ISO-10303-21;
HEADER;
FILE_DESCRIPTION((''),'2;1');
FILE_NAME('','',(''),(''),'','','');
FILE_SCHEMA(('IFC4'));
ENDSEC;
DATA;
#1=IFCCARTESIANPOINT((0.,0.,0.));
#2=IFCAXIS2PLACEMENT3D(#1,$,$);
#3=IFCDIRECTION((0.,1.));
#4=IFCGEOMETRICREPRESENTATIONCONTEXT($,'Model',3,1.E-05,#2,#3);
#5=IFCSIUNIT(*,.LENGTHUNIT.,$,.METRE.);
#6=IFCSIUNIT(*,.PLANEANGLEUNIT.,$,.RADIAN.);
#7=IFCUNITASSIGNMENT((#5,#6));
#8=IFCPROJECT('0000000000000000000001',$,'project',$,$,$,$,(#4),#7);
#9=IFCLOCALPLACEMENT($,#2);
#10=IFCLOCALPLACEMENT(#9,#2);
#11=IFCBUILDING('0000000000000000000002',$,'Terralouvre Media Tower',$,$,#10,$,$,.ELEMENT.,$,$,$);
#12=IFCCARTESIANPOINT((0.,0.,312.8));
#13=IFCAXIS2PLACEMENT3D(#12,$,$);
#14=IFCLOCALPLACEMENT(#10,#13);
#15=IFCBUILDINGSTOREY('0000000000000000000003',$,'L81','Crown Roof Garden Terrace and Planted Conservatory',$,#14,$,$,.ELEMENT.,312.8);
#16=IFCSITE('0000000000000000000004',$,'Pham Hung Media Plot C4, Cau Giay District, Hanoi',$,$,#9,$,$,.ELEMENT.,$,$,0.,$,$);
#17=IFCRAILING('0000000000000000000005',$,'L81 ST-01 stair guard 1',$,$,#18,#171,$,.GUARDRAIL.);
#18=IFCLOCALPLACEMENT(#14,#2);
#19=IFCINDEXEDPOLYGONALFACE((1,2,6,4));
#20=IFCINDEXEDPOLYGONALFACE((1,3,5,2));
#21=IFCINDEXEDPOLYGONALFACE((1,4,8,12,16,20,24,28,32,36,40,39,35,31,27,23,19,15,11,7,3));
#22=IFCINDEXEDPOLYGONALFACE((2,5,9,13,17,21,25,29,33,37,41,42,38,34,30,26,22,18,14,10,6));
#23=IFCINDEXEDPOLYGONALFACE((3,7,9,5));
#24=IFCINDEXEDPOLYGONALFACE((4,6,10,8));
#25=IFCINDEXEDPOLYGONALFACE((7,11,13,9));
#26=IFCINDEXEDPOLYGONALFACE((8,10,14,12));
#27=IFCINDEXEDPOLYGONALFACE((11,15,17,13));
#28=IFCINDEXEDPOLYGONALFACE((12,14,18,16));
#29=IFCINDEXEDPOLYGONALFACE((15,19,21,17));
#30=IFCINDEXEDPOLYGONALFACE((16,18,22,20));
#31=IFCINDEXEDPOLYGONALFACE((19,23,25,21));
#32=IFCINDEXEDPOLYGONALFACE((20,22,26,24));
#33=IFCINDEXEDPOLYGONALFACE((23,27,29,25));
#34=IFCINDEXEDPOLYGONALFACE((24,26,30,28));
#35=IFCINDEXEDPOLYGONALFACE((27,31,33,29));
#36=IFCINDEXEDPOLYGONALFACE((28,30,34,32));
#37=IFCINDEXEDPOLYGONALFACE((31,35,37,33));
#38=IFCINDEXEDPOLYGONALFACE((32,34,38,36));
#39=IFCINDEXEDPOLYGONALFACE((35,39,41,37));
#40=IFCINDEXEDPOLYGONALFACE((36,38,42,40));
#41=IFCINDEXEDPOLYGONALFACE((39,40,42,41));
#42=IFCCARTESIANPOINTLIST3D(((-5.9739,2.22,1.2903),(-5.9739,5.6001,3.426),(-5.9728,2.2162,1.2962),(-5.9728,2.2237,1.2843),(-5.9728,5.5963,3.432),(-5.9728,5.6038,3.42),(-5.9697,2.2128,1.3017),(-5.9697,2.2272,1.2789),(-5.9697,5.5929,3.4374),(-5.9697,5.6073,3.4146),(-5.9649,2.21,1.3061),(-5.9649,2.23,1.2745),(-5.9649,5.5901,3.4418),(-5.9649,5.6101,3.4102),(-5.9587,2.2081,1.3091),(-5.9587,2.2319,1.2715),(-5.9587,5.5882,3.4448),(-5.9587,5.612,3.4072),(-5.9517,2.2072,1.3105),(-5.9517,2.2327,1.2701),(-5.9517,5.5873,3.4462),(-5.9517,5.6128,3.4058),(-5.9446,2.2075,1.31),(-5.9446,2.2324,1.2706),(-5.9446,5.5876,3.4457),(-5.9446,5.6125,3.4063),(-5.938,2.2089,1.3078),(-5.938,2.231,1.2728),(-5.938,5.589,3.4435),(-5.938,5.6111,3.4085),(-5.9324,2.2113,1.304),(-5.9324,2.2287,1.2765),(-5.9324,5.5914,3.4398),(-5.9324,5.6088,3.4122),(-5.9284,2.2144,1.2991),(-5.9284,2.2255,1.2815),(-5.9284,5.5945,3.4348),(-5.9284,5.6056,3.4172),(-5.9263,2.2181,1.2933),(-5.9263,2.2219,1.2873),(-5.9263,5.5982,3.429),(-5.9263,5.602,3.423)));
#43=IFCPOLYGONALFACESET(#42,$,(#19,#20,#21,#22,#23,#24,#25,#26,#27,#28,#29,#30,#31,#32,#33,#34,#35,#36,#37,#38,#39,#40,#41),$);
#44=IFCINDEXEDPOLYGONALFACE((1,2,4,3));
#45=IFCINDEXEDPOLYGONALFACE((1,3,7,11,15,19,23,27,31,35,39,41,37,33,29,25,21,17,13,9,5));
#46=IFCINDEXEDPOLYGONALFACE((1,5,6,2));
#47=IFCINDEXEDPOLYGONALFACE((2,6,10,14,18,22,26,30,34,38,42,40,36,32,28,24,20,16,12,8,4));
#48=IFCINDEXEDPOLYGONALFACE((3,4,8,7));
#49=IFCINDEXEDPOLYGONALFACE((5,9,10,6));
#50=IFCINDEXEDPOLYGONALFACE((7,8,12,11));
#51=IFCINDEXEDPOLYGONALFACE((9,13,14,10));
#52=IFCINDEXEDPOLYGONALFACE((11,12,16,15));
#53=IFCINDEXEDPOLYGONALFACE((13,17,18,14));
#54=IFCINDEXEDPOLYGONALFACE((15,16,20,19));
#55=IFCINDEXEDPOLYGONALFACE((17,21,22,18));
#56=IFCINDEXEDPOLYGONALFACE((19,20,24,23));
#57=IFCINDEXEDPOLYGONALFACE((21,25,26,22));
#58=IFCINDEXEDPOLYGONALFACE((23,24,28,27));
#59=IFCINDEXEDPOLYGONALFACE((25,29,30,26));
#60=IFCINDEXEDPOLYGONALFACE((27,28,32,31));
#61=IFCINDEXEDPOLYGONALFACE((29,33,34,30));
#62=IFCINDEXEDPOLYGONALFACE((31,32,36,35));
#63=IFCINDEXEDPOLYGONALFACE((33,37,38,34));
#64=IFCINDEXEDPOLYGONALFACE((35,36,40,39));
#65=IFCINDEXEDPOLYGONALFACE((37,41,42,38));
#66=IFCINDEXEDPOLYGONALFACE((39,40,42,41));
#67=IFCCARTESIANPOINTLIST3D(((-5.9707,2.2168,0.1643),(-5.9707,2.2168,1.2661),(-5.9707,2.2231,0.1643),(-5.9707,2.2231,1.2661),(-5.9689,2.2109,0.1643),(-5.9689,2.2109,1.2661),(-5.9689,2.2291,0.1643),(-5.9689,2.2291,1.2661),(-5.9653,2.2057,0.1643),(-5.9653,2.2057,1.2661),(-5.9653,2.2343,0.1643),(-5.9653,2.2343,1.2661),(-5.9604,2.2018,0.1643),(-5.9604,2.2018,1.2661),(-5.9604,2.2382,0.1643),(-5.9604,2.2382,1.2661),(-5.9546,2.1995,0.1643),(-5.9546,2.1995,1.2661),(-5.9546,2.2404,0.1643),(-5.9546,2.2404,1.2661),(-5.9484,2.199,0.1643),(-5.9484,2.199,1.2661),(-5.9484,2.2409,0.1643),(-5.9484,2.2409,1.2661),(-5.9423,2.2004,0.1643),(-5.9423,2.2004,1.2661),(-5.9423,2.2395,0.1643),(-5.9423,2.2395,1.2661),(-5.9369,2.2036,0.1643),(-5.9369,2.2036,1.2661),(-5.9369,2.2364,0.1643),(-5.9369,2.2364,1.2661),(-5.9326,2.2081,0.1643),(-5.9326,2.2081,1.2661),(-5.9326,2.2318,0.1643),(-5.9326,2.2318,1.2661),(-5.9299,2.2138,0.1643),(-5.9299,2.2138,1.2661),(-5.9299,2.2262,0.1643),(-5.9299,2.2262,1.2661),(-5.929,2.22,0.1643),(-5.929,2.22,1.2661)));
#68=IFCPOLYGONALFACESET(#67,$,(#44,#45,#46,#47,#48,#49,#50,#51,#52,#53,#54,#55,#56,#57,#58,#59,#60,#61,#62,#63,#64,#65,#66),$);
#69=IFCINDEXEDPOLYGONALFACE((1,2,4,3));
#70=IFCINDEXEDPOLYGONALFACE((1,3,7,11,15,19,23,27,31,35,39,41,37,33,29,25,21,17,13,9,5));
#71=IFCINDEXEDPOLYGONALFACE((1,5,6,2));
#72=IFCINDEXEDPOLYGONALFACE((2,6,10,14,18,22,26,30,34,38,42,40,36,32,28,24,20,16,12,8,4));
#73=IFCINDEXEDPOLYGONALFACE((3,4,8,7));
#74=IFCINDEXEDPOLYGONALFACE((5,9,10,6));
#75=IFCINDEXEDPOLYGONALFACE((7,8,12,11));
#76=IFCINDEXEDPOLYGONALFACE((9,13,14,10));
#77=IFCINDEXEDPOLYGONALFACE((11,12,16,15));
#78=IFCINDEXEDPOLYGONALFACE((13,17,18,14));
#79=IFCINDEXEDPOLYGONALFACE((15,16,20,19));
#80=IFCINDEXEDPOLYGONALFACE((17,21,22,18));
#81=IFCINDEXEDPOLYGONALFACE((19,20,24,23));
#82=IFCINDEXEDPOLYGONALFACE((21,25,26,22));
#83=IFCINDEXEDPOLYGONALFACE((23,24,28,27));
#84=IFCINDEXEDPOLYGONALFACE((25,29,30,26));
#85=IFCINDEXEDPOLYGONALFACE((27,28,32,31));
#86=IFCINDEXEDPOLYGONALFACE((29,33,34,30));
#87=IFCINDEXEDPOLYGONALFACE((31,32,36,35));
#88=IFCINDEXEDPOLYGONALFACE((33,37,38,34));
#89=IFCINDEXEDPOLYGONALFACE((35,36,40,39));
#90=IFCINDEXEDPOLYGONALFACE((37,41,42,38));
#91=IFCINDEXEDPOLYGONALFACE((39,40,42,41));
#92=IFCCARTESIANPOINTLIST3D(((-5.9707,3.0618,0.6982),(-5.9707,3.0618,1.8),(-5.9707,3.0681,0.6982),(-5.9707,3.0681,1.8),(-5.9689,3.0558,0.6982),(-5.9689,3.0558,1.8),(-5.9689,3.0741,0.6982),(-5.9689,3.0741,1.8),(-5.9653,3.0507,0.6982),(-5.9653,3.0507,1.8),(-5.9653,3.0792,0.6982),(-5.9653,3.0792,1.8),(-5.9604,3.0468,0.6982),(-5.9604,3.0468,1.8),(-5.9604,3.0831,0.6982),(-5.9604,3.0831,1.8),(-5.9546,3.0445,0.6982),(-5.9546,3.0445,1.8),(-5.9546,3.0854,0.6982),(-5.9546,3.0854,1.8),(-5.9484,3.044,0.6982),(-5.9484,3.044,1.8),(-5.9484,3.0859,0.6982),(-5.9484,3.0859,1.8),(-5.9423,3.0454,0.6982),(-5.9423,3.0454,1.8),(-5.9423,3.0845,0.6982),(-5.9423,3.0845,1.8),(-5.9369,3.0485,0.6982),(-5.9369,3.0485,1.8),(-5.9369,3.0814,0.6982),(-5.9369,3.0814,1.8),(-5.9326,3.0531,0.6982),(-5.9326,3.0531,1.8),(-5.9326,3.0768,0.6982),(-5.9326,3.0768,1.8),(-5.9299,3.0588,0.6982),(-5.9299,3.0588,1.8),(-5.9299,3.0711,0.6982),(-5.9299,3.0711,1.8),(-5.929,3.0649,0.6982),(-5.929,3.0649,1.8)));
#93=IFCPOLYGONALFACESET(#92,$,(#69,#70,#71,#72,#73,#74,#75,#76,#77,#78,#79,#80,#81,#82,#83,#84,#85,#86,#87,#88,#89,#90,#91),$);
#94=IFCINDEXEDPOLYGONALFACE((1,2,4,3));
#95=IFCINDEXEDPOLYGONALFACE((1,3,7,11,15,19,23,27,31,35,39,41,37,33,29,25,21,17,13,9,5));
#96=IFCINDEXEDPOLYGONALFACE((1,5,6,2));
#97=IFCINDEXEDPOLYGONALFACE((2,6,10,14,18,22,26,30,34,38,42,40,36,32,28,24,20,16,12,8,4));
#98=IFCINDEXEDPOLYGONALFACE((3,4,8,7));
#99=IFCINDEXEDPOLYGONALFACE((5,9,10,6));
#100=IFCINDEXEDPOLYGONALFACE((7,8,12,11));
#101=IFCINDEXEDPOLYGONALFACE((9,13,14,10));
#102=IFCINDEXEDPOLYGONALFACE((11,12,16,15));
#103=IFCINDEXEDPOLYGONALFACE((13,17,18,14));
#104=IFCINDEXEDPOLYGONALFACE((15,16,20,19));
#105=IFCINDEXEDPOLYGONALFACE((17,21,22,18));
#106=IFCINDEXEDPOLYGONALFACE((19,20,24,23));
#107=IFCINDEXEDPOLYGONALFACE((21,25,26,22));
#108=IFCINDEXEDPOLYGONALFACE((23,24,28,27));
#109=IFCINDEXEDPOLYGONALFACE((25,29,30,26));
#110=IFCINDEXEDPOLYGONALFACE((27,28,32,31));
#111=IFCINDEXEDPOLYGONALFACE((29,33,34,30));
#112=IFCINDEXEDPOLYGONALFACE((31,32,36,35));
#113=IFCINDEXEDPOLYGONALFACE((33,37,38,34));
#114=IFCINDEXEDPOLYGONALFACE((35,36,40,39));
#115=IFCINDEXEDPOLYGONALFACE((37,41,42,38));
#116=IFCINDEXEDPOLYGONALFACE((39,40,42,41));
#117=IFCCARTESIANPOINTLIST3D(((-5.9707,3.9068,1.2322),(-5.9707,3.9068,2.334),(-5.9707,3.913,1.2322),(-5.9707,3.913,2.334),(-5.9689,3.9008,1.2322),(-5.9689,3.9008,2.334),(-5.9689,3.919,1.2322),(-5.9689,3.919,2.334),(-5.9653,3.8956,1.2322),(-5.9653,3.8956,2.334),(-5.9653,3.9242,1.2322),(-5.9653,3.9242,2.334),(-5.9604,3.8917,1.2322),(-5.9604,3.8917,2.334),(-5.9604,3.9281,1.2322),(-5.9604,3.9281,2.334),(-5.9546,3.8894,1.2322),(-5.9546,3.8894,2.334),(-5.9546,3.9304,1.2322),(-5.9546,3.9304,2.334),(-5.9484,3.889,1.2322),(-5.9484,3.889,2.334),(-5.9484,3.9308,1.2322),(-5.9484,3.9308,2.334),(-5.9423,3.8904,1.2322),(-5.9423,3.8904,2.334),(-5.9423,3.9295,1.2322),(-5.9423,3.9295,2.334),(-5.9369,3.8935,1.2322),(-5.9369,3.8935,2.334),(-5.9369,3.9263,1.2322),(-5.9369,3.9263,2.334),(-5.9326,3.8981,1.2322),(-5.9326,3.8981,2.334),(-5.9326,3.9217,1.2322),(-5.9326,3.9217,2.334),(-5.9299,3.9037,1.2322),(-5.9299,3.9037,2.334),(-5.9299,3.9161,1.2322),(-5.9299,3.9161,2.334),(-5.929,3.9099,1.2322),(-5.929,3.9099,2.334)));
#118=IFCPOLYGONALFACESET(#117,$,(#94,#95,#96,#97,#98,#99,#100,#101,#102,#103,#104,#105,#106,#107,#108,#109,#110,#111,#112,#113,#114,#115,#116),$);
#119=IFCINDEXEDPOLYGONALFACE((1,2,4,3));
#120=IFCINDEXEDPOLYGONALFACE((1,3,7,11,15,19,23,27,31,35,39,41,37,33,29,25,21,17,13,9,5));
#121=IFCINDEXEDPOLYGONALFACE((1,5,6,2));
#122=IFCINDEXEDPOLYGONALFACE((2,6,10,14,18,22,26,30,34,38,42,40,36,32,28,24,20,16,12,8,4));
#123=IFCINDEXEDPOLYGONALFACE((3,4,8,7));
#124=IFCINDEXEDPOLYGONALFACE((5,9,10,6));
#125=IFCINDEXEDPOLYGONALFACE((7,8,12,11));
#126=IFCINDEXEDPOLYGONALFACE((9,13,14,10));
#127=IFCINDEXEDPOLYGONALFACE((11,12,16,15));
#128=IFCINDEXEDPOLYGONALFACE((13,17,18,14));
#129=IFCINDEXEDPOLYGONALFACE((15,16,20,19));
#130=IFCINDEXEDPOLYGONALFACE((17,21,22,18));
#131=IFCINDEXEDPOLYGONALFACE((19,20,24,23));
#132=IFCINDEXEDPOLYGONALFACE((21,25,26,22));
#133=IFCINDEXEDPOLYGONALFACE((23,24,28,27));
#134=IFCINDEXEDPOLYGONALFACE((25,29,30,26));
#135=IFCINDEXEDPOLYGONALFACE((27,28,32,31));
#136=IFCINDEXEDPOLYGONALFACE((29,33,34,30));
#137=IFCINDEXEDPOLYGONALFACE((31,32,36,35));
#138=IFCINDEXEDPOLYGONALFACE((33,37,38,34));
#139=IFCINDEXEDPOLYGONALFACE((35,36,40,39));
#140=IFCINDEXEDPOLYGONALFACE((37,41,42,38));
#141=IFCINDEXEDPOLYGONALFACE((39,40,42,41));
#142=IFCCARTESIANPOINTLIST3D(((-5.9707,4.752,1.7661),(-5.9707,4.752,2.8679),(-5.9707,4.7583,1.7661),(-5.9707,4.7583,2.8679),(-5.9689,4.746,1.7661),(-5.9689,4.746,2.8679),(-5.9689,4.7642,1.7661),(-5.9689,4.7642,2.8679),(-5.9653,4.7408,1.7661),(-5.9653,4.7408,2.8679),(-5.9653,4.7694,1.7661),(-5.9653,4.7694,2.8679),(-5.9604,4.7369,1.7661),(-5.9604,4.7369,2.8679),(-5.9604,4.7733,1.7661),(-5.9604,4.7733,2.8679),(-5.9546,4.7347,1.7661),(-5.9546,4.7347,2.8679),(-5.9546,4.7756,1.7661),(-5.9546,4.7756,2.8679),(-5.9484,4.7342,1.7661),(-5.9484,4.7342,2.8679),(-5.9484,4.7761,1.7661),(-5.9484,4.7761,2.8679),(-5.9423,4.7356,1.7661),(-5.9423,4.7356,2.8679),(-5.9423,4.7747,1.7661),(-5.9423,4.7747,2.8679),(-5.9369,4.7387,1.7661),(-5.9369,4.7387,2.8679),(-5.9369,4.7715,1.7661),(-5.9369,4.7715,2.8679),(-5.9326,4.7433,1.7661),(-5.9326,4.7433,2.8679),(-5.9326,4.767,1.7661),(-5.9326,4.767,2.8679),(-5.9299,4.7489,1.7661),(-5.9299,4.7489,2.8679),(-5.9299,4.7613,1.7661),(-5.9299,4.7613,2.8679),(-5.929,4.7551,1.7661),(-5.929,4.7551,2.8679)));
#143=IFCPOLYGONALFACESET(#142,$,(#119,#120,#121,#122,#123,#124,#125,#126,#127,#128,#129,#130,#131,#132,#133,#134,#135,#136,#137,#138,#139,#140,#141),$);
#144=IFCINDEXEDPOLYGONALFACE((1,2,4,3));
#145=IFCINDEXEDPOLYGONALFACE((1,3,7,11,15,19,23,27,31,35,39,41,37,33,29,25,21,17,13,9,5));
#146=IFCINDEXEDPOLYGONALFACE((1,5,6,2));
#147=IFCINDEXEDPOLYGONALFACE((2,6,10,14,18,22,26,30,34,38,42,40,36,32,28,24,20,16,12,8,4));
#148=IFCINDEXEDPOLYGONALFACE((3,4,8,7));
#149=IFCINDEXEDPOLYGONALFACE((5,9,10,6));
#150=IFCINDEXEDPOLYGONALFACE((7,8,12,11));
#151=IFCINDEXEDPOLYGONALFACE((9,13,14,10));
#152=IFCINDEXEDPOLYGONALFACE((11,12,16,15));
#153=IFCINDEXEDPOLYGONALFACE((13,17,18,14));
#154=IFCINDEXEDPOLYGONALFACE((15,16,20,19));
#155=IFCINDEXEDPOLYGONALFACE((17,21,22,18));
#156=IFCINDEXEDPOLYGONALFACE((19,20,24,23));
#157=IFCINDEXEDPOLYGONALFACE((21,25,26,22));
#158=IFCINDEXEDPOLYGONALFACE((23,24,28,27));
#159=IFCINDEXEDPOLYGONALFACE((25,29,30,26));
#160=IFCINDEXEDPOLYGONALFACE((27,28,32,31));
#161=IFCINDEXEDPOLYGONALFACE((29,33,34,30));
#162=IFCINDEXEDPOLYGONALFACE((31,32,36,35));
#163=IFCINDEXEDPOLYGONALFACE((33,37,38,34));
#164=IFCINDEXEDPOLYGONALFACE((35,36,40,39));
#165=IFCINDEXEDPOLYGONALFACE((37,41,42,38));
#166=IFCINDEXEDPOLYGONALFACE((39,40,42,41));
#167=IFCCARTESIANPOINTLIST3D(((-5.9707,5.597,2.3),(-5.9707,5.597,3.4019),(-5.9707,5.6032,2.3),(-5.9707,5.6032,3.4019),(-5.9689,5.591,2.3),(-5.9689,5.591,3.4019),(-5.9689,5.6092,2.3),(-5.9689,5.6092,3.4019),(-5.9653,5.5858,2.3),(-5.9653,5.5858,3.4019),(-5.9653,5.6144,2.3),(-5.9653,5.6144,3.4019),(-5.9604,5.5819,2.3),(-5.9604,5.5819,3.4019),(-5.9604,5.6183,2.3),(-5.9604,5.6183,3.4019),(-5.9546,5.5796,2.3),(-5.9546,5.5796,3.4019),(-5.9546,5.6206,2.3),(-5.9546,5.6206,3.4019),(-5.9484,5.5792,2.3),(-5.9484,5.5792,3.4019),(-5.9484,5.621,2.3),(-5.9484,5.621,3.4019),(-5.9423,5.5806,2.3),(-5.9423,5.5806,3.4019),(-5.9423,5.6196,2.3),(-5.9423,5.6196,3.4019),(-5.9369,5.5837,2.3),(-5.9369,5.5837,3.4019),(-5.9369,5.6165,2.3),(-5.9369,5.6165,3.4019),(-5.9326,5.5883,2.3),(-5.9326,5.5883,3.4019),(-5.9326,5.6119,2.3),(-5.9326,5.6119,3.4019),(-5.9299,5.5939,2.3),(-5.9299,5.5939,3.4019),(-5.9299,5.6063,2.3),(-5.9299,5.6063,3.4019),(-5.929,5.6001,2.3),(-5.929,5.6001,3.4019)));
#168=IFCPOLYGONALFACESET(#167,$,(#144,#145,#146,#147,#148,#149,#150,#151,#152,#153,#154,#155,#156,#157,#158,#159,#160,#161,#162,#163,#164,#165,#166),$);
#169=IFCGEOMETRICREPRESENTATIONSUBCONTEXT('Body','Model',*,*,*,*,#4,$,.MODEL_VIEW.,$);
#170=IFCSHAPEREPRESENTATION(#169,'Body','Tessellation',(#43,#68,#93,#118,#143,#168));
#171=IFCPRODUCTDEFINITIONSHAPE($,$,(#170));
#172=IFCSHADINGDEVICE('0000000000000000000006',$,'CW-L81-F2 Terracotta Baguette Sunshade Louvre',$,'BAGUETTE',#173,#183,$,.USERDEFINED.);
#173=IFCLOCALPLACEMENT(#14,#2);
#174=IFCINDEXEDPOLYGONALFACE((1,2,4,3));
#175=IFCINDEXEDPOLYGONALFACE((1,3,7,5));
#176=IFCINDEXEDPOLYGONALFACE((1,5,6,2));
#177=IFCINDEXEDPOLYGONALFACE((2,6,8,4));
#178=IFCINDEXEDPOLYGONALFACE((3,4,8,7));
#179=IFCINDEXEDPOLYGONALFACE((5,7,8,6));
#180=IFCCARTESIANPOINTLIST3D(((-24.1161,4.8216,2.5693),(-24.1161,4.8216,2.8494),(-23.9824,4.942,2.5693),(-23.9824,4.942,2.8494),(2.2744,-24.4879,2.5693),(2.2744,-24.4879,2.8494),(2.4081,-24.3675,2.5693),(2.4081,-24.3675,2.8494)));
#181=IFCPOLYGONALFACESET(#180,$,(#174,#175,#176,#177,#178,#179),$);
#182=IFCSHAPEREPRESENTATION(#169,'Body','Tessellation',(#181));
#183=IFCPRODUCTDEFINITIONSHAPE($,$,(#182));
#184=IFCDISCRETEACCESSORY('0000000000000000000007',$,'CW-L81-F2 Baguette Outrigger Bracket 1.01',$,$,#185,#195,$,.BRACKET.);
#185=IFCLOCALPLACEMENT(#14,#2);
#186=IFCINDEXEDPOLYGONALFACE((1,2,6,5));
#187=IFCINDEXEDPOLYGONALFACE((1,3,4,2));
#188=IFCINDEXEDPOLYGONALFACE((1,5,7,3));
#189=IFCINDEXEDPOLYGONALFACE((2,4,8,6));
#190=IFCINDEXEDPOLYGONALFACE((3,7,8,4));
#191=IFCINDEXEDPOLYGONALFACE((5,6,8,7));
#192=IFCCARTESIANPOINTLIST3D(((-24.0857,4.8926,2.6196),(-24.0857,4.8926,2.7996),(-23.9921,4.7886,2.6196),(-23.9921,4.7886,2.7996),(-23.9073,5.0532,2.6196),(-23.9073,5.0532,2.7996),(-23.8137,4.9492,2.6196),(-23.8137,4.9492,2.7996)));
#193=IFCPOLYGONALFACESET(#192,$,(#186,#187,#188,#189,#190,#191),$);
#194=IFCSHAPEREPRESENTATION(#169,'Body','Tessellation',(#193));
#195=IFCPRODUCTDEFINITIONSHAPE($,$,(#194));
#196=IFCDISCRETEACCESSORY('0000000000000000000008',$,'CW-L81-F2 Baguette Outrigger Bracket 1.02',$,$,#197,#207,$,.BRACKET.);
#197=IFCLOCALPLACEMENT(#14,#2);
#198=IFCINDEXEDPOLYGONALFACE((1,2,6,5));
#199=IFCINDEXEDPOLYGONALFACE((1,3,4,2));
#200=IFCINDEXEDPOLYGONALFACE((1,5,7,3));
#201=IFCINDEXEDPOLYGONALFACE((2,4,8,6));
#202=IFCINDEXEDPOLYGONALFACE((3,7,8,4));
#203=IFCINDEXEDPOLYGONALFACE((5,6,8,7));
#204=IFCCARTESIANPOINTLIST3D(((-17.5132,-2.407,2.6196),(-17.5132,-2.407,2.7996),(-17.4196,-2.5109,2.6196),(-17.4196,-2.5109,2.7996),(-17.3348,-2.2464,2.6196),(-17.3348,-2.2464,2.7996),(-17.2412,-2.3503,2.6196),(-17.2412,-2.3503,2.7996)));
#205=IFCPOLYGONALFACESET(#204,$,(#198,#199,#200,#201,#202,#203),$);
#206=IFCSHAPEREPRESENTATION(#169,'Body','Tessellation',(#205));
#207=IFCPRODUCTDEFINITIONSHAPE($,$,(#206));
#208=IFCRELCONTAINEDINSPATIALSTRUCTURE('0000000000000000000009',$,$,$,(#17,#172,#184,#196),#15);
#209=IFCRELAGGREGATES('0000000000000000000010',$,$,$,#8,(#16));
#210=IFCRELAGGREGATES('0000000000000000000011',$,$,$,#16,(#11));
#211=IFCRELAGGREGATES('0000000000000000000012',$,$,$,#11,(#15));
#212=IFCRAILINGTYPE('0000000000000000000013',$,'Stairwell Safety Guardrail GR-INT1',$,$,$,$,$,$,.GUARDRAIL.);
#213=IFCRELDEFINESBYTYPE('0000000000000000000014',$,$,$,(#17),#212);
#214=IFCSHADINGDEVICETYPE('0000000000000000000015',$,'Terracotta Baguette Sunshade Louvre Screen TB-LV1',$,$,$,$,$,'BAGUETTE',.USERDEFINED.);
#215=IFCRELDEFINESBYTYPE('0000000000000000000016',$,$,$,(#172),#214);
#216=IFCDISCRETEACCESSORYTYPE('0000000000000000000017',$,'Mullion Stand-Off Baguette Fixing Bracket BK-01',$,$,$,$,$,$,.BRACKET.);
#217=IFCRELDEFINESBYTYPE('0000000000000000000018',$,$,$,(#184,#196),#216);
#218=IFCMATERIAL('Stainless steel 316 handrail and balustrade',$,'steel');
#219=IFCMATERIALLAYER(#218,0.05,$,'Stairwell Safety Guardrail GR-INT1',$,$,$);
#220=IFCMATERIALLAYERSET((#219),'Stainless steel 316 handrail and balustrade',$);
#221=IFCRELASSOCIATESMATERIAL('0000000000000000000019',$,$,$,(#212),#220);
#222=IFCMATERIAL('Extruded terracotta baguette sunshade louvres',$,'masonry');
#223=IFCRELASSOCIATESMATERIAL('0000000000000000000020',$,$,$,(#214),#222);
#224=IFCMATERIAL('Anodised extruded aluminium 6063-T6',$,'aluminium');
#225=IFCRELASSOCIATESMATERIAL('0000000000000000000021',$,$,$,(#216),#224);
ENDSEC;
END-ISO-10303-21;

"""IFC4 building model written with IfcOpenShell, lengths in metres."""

from ifc_helpers import new_model, si_unit, direction, frame, origin, origin_2d, place, context, subcontext, project, spatial, rectangle, circle, extrude, material, layer, layer_set, type_object, element, save


model = new_model("IFC4")

# Units and contexts
model_context = context("Model", 3, precision=1e-05, world=origin(), true_north=direction((0.0, 1.0)))
body_context = subcontext(model_context, "Body", "Model", "MODEL_VIEW")
ifc_project = project(units=[si_unit("LENGTHUNIT", "METRE"), si_unit("PLANEANGLEUNIT", "RADIAN")], contexts=[model_context])

# Site, building, storey
site_placement = place(None, origin())
site = spatial("IfcSite", under=ifc_project, at=site_placement, Name="Pham Hung Media Plot C4, Cau Giay District, Hanoi", CompositionType="ELEMENT", RefElevation=0.0)
building_placement = place(site_placement, origin())
building = spatial("IfcBuilding", under=site, at=building_placement, Name="Terralouvre Media Tower", CompositionType="ELEMENT")
storey_placement = place(building_placement, frame((0.0, 0.0, 312.8)))
storey = spatial("IfcBuildingStorey", under=building, at=storey_placement, Name="L81", Description="Crown Roof Garden Terrace and Planted Conservatory", CompositionType="ELEMENT", Elevation=312.8)

# Railing
ifc_material_1 = material(Name="Stainless steel 316 handrail and balustrade", Category="steel")
ifc_layer_1 = layer(ifc_material_1, 0.05, Name="Stairwell Safety Guardrail GR-INT1")
ifc_layer_set_1 = layer_set([ifc_layer_1], Name="Stainless steel 316 handrail and balustrade")
railing_type_1 = type_object("IfcRailingType", Name="Stairwell Safety Guardrail GR-INT1", PredefinedType="GUARDRAIL", material=ifc_layer_set_1)
railing_1_placement = place(storey_placement, frame((-5.95, 2.22, 0.1643)))
element("IfcRailing", 1, at=railing_1_placement, inside=storey, type_object=railing_type_1, Name="L81 ST-01 stair guard 1", PredefinedType="GUARDRAIL", context=body_context, shape_type="SweptSolid", body=[
    extrude(circle(Radius=0.0239, at=origin_2d()), frame((0.0, 0.0, 1.126), z_axis=(0.0, 0.845384, 0.534158), x_axis=(-1.0, 0.0, 0.0)), (0.0, 0.0, 1.0), 3.9983),
    extrude(circle(Radius=0.021, at=origin_2d()), origin(), (0.0, 0.0, 1.0), 1.1018),
    extrude(circle(Radius=0.021, at=origin_2d()), frame((0.0, 0.845, 0.5339)), (0.0, 0.0, 1.0), 1.1018),
    extrude(circle(Radius=0.021, at=origin_2d()), frame((0.0, 1.6899, 1.0679)), (0.0, 0.0, 1.0), 1.1018),
    extrude(circle(Radius=0.021, at=origin_2d()), frame((0.0, 2.5352, 1.6018)), (0.0, 0.0, 1.0), 1.1018),
    extrude(circle(Radius=0.021, at=origin_2d()), frame((0.0, 3.3801, 2.1357)), (0.0, 0.0, 1.0), 1.1018),
])

# Shading device
ifc_material_2 = material(Name="Extruded terracotta baguette sunshade louvres", Category="masonry")
shading_device_type = type_object("IfcShadingDeviceType", Name="Terracotta Baguette Sunshade Louvre Screen TB-LV1", ElementType="BAGUETTE", PredefinedType="USERDEFINED", material=ifc_material_2)
shading_device_placement = place(storey_placement, frame((-10.854, -9.7729, 2.5693), z_axis=(0.0, 0.0, 1.0), x_axis=(0.669131, -0.743145, 0.0)))
element("IfcShadingDevice", 2, at=shading_device_placement, inside=storey, type_object=shading_device_type, Name="CW-L81-F2 Terracotta Baguette Sunshade Louvre", ObjectType="BAGUETTE", PredefinedType="USERDEFINED", context=body_context, shape_type="SweptSolid", body=[
    extrude(rectangle(XDim=39.4399, YDim=0.1799, at=origin_2d()), origin(), (0.0, 0.0, 1.0), 0.28),
])

# Discrete accessories
ifc_material_3 = material(Name="Anodised extruded aluminium 6063-T6", Category="aluminium")
discrete_accessory_type = type_object("IfcDiscreteAccessoryType", Name="Mullion Stand-Off Baguette Fixing Bracket BK-01", PredefinedType="BRACKET", material=ifc_material_3)
for number, where, z_axis, x_axis, name in (
    (3, (-23.9497, 4.9209, 2.6196), (0.0, 0.0, 1.0), (0.669131, -0.743145, 0.0), "CW-L81-F2 Baguette Outrigger Bracket 1.01"),
    (4, (-17.3772, -2.3787, 2.6196), (0.0, 0.0, 1.0), (0.669131, -0.743145, 0.0), "CW-L81-F2 Baguette Outrigger Bracket 1.02"),
):
    element("IfcDiscreteAccessory", number, at=place(storey_placement, frame(where, z_axis=z_axis, x_axis=x_axis)), inside=storey, type_object=discrete_accessory_type, Name=name, PredefinedType="BRACKET", context=body_context, shape_type="SweptSolid", body=[
        extrude(rectangle(XDim=0.1399, YDim=0.24, at=origin_2d()), origin(), (0.0, 0.0, 1.0), 0.1799),
    ])

save(model, "model.ifc")
